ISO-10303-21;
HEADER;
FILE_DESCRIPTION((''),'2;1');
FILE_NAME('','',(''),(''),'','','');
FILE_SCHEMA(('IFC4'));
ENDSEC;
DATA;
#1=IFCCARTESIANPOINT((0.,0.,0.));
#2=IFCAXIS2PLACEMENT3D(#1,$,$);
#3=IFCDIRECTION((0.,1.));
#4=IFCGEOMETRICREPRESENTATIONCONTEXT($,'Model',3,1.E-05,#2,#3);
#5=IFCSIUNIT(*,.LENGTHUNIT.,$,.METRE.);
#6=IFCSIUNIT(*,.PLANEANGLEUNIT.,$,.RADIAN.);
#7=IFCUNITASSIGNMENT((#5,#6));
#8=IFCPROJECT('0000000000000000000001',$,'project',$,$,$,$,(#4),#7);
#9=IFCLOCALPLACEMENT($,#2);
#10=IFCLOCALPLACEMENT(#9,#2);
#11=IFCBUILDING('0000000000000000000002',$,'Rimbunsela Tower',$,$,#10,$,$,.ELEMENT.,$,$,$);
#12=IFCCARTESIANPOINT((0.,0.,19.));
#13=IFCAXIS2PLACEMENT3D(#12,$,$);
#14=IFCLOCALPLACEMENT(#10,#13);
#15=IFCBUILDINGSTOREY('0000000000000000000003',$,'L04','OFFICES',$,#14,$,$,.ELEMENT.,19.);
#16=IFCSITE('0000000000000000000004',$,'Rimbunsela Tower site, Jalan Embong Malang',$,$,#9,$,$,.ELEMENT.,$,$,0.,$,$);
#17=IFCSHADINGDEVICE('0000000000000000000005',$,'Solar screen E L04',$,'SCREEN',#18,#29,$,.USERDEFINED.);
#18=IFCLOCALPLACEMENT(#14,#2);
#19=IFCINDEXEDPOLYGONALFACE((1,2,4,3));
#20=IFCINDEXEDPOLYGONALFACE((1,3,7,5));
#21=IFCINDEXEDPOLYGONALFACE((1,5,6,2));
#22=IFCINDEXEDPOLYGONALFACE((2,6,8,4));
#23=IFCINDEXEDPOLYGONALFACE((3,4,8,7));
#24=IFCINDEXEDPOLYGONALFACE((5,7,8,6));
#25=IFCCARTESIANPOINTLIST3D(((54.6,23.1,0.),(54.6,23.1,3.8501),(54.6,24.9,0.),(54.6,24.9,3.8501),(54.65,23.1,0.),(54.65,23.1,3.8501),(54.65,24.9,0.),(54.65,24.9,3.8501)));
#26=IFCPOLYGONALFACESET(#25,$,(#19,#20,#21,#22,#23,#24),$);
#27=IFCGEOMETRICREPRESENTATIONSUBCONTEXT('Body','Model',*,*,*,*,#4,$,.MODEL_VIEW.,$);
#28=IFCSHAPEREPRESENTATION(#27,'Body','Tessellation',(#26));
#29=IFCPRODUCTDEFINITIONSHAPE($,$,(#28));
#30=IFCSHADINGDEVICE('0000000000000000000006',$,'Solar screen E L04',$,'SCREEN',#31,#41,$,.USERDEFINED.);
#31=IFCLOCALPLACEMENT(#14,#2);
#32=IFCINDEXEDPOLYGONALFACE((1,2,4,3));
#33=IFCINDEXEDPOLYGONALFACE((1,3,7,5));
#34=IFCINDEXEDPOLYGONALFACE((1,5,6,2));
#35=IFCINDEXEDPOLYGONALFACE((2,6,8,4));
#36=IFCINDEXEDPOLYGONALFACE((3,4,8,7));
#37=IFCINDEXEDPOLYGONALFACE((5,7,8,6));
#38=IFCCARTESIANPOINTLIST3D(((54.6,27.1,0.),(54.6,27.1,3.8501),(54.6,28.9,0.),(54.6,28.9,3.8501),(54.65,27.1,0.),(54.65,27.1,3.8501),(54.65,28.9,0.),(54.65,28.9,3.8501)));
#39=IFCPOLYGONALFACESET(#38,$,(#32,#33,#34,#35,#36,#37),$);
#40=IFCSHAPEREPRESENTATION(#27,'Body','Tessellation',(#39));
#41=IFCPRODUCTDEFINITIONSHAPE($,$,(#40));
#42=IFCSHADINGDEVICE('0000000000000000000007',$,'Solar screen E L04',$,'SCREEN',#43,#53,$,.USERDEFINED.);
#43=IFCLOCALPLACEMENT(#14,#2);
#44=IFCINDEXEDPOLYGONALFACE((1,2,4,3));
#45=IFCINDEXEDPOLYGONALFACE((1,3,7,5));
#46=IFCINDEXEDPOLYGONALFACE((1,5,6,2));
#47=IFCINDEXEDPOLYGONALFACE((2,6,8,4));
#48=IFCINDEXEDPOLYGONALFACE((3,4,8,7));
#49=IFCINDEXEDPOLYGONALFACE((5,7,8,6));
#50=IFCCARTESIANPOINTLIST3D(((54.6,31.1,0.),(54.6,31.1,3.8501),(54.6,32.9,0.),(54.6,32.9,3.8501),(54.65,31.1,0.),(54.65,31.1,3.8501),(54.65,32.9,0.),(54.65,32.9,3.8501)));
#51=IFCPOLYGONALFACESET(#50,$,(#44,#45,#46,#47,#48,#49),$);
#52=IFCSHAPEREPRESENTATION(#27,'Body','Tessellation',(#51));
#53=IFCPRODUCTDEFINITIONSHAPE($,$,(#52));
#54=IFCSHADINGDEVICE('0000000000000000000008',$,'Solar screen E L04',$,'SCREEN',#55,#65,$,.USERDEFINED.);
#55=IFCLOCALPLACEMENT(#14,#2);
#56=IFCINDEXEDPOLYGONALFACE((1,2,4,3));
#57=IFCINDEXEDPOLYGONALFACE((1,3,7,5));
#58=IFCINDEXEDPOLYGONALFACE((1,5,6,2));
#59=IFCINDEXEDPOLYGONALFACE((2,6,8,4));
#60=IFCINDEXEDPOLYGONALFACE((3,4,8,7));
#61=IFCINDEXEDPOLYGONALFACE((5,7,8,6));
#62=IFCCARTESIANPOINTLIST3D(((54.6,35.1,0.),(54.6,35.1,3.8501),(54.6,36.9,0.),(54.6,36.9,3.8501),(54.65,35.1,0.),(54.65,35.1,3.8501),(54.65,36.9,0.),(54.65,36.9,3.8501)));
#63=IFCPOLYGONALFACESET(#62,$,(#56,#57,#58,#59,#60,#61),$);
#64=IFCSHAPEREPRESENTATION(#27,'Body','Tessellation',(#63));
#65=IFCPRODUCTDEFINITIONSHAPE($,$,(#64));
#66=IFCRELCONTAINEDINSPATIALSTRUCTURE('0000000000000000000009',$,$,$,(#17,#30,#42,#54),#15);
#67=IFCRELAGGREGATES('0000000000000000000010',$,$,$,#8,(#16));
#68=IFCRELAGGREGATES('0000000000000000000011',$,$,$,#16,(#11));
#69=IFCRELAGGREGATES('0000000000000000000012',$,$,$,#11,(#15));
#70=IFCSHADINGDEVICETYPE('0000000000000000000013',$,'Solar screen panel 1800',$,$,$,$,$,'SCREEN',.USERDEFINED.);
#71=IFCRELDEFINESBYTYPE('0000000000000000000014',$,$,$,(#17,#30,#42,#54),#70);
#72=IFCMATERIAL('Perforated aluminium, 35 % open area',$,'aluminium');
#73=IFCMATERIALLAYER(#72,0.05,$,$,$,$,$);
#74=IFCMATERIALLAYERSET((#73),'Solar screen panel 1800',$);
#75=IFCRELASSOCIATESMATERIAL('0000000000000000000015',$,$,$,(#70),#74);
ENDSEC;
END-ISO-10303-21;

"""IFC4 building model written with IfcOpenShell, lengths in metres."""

from ifc_helpers import new_model, si_unit, direction, frame, origin, origin_2d, place, context, subcontext, project, spatial, rectangle, extrude, material, layer, layer_set, type_object, element, save


model = new_model("IFC4")

# Units and contexts
model_context = context("Model", 3, precision=1e-05, world=origin(), true_north=direction((0.0, 1.0)))
body_context = subcontext(model_context, "Body", "Model", "MODEL_VIEW")
ifc_project = project(units=[si_unit("LENGTHUNIT", "METRE"), si_unit("PLANEANGLEUNIT", "RADIAN")], contexts=[model_context])

# Site, building, storey
site_placement = place(None, origin())
site = spatial("IfcSite", under=ifc_project, at=site_placement, Name="Rimbunsela Tower site, Jalan Embong Malang", CompositionType="ELEMENT", RefElevation=0.0)
building_placement = place(site_placement, origin())
building = spatial("IfcBuilding", under=site, at=building_placement, Name="Rimbunsela Tower", CompositionType="ELEMENT")
storey_placement = place(building_placement, frame((0.0, 0.0, 19.0)))
storey = spatial("IfcBuildingStorey", under=building, at=storey_placement, Name="L04", Description="OFFICES", CompositionType="ELEMENT", Elevation=19.0)

# Shading devices
ifc_material_1 = material(Name="Perforated aluminium, 35 % open area", Category="aluminium")
ifc_layer_1 = layer(ifc_material_1, 0.05)
ifc_layer_set_1 = layer_set([ifc_layer_1], Name="Solar screen panel 1800")
shading_device_type = type_object("IfcShadingDeviceType", Name="Solar screen panel 1800", ElementType="SCREEN", PredefinedType="USERDEFINED", material=ifc_layer_set_1)
for number, where, z_axis, x_axis, name in (
    (1, (54.625, 24.0, 0.0), (0.0, 0.0, 1.0), (0.0, 1.0, 0.0), "Solar screen E L04"),
    (2, (54.625, 28.0, 0.0), (0.0, 0.0, 1.0), (0.0, 1.0, 0.0), "Solar screen E L04"),
    (3, (54.625, 32.0, 0.0), (0.0, 0.0, 1.0), (0.0, 1.0, 0.0), "Solar screen E L04"),
    (4, (54.625, 36.0, 0.0), (0.0, 0.0, 1.0), (0.0, 1.0, 0.0), "Solar screen E L04"),
):
    element("IfcShadingDevice", number, at=place(storey_placement, frame(where, z_axis=z_axis, x_axis=x_axis)), inside=storey, type_object=shading_device_type, Name=name, ObjectType="SCREEN", PredefinedType="USERDEFINED", context=body_context, shape_type="SweptSolid", body=[
        extrude(rectangle(XDim=1.8, YDim=0.05, at=origin_2d()), origin(), (0.0, 0.0, 1.0), 3.8501),
    ])

save(model, "model.ifc")
